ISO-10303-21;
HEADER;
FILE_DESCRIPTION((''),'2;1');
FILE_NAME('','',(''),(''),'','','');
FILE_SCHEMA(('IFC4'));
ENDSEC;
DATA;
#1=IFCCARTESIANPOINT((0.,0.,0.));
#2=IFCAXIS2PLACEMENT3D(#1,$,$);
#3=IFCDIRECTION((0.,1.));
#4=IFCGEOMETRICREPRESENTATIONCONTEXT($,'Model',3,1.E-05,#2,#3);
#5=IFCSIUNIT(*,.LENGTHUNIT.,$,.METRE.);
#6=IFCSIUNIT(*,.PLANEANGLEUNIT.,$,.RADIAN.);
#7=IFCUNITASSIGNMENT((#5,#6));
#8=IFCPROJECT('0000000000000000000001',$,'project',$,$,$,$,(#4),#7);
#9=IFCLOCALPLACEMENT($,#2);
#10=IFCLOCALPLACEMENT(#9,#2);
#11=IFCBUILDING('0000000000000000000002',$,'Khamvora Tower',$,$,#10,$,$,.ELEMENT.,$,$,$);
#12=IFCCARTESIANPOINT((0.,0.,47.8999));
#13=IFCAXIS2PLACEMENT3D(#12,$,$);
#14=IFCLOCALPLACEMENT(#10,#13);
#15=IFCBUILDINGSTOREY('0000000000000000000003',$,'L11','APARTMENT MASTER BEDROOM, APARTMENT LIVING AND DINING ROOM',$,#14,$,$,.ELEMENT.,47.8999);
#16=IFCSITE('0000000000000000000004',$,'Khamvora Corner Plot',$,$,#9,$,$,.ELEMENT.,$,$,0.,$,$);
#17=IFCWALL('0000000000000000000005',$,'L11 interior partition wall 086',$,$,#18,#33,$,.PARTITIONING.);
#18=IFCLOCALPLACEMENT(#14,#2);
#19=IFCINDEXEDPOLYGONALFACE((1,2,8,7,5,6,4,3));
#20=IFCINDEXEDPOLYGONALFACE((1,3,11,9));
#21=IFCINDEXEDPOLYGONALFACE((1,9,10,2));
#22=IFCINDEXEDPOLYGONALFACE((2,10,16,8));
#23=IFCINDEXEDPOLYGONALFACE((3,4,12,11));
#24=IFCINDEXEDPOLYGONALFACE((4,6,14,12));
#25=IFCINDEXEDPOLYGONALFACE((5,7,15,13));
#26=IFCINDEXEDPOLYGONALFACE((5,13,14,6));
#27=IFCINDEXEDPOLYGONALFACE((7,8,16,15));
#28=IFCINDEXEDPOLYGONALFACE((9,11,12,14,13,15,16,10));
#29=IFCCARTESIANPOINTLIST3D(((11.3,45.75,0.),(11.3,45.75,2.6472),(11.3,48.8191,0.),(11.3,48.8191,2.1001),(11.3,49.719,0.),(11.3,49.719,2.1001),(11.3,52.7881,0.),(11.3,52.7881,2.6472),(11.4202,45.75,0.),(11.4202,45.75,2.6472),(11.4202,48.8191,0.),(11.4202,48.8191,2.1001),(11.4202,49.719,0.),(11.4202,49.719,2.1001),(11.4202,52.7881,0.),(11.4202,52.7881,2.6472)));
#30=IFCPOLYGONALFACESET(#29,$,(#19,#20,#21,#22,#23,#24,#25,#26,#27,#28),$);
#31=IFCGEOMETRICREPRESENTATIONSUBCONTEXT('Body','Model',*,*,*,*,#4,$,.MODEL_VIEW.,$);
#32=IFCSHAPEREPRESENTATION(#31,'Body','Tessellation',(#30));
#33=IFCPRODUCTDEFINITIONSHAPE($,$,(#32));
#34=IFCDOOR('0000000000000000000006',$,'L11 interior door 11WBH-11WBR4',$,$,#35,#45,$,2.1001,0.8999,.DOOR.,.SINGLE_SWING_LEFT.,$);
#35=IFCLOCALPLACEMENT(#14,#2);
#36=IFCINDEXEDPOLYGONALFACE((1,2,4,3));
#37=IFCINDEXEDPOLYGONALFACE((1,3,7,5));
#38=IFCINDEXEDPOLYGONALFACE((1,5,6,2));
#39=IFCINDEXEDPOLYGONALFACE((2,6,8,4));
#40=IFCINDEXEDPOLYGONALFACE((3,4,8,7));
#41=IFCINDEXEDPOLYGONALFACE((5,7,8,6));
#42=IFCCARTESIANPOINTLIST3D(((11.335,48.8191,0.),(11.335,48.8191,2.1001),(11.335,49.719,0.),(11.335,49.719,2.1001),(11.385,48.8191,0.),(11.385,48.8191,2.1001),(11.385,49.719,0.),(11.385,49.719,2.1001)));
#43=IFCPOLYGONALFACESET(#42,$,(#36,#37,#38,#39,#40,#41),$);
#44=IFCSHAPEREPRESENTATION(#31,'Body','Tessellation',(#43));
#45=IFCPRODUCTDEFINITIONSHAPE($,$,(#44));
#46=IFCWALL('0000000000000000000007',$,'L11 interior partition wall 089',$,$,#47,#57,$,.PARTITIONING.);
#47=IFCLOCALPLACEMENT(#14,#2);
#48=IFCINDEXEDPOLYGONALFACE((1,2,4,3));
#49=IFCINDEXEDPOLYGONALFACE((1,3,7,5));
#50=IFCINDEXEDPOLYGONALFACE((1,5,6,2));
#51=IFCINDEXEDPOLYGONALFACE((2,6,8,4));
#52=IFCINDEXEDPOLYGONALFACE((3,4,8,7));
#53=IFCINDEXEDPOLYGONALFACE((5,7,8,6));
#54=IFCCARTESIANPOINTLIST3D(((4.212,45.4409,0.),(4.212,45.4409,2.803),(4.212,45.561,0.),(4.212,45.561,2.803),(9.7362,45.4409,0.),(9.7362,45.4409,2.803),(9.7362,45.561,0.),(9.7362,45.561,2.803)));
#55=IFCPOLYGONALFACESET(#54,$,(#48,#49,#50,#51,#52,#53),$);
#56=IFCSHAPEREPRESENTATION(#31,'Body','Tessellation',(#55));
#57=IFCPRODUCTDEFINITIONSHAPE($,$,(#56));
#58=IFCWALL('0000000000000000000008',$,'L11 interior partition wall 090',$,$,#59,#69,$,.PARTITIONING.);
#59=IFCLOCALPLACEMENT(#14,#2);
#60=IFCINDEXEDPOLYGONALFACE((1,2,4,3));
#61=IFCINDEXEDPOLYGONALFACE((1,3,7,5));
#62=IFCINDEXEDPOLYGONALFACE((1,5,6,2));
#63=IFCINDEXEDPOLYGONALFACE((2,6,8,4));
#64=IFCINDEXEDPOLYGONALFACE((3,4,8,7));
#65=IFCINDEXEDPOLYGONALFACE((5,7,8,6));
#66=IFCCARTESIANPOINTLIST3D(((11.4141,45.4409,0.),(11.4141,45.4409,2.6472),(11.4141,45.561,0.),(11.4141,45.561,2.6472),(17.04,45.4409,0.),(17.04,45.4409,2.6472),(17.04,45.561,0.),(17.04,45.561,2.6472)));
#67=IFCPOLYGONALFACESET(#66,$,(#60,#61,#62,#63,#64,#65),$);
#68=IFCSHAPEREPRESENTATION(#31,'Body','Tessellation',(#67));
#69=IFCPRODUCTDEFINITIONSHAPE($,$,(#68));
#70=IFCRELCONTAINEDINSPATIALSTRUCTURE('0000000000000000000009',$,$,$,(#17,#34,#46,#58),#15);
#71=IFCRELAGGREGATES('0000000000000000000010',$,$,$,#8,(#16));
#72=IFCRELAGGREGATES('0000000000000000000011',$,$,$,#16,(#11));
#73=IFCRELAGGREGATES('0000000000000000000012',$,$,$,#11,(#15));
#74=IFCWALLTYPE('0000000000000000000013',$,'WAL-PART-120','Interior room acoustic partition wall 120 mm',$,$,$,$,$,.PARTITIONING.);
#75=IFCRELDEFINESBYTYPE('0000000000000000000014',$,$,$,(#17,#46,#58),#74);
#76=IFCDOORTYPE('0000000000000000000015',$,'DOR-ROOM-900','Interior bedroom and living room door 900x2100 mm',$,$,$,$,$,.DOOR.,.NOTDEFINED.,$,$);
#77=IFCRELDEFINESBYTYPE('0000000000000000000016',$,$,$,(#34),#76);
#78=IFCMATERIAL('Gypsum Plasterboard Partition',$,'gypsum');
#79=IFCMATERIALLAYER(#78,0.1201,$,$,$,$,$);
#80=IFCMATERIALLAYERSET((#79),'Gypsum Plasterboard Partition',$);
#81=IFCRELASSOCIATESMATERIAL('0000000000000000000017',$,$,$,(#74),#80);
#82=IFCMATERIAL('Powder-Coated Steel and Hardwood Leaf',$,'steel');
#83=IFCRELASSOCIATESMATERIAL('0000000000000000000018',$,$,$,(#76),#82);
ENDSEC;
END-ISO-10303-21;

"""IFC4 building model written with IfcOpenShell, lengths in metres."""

from ifc_helpers import new_model, si_unit, direction, frame, frame_2d, origin, place, context, subcontext, project, spatial, rectangle, extrude, material, layer, layer_set, type_object, element, fill, save


model = new_model("IFC4")

# Units and contexts
model_context = context("Model", 3, precision=1e-05, world=origin(), true_north=direction((0.0, 1.0)))
body_context = subcontext(model_context, "Body", "Model", "MODEL_VIEW")
ifc_project = project(units=[si_unit("LENGTHUNIT", "METRE"), si_unit("PLANEANGLEUNIT", "RADIAN")], contexts=[model_context])

# Site, building, storey
site_placement = place(None, origin())
site = spatial("IfcSite", under=ifc_project, at=site_placement, Name="Khamvora Corner Plot", CompositionType="ELEMENT", RefElevation=0.0)
building_placement = place(site_placement, origin())
building = spatial("IfcBuilding", under=site, at=building_placement, Name="Khamvora Tower", CompositionType="ELEMENT")
storey_placement = place(building_placement, frame((0.0, 0.0, 47.8999)))
storey = spatial("IfcBuildingStorey", under=building, at=storey_placement, Name="L11", Description="APARTMENT MASTER BEDROOM, APARTMENT LIVING AND DINING ROOM", CompositionType="ELEMENT", Elevation=47.8999)

# Wall, opening, door
ifc_material_1 = material(Name="Gypsum Plasterboard Partition", Category="gypsum")
ifc_layer_1 = layer(ifc_material_1, 0.1201)
ifc_layer_set_1 = layer_set([ifc_layer_1], Name="Gypsum Plasterboard Partition")
wall_type_1 = type_object("IfcWallType", Name="WAL-PART-120", Description="Interior room acoustic partition wall 120 mm", PredefinedType="PARTITIONING", material=ifc_layer_set_1)
ifc_material_2 = material(Name="Powder-Coated Steel and Hardwood Leaf", Category="steel")
door_type = type_object("IfcDoorType", Name="DOR-ROOM-900", Description="Interior bedroom and living room door 900x2100 mm", OperationType="NOTDEFINED", PredefinedType="DOOR", material=ifc_material_2)
wall_1_placement = place(storey_placement, frame((11.3601, 52.7881, 0.0), z_axis=(0.0, 0.0, 1.0), x_axis=(0.0, -1.0, 0.0)))
wall_1 = element("IfcWall", 1, at=wall_1_placement, inside=storey, type_object=wall_type_1, Name="L11 interior partition wall 086", PredefinedType="PARTITIONING", context=body_context, shape_type="SweptSolid", body=[
    extrude(rectangle(XDim=7.0381, YDim=0.1201, at=frame_2d((3.519, 0.0))), origin(), (0.0, 0.0, 1.0), 2.6472),
])
opening_1_placement = place(wall_1_placement, frame((3.0691, 0.0, 0.0)))
opening_1 = element("IfcOpeningElement", 2, at=opening_1_placement, cuts=wall_1, PredefinedType="OPENING", context=body_context, shape_type="SweptSolid", body=[
    extrude(rectangle(XDim=0.8999, YDim=2.1001, at=frame_2d((0.45, 1.05))), frame((0.0, 0.0701, 0.0), z_axis=(0.0, -1.0, 0.0), x_axis=(1.0, 0.0, 0.0)), (0.0, 0.0, 1.0), 0.1401),
])
door_1_placement = place(opening_1_placement, origin())
door_1 = element("IfcDoor", 3, at=door_1_placement, inside=storey, type_object=door_type, Name="L11 interior door 11WBH-11WBR4", OperationType="SINGLE_SWING_LEFT", OverallHeight=2.1001, OverallWidth=0.8999, PredefinedType="DOOR", context=body_context, shape_type="SweptSolid", body=[
    extrude(rectangle(XDim=0.8999, YDim=2.1001, at=frame_2d((0.45, 1.05))), frame((0.0, 0.0249, 0.0), z_axis=(0.0, -1.0, 0.0), x_axis=(1.0, 0.0, 0.0)), (0.0, 0.0, 1.0), 0.05),
])
fill(opening_1, door_1)

# Walls
wall_2_placement = place(storey_placement, frame((4.2119, 45.501, 0.0), z_axis=(0.0, 0.0, 1.0), x_axis=(1.0, 0.0, 0.0)))
element("IfcWall", 4, at=wall_2_placement, inside=storey, type_object=wall_type_1, Name="L11 interior partition wall 089", PredefinedType="PARTITIONING", context=body_context, shape_type="SweptSolid", body=[
    extrude(rectangle(XDim=5.5242, YDim=0.1201, at=frame_2d((2.7622, 0.0))), origin(), (0.0, 0.0, 1.0), 2.803),
])
wall_3_placement = place(storey_placement, frame((11.4141, 45.501, 0.0), z_axis=(0.0, 0.0, 1.0), x_axis=(1.0, 0.0, 0.0)))
element("IfcWall", 5, at=wall_3_placement, inside=storey, type_object=wall_type_1, Name="L11 interior partition wall 090", PredefinedType="PARTITIONING", context=body_context, shape_type="SweptSolid", body=[
    extrude(rectangle(XDim=5.626, YDim=0.1201, at=frame_2d((2.813, 0.0))), origin(), (0.0, 0.0, 1.0), 2.6472),
])

save(model, "model.ifc")
